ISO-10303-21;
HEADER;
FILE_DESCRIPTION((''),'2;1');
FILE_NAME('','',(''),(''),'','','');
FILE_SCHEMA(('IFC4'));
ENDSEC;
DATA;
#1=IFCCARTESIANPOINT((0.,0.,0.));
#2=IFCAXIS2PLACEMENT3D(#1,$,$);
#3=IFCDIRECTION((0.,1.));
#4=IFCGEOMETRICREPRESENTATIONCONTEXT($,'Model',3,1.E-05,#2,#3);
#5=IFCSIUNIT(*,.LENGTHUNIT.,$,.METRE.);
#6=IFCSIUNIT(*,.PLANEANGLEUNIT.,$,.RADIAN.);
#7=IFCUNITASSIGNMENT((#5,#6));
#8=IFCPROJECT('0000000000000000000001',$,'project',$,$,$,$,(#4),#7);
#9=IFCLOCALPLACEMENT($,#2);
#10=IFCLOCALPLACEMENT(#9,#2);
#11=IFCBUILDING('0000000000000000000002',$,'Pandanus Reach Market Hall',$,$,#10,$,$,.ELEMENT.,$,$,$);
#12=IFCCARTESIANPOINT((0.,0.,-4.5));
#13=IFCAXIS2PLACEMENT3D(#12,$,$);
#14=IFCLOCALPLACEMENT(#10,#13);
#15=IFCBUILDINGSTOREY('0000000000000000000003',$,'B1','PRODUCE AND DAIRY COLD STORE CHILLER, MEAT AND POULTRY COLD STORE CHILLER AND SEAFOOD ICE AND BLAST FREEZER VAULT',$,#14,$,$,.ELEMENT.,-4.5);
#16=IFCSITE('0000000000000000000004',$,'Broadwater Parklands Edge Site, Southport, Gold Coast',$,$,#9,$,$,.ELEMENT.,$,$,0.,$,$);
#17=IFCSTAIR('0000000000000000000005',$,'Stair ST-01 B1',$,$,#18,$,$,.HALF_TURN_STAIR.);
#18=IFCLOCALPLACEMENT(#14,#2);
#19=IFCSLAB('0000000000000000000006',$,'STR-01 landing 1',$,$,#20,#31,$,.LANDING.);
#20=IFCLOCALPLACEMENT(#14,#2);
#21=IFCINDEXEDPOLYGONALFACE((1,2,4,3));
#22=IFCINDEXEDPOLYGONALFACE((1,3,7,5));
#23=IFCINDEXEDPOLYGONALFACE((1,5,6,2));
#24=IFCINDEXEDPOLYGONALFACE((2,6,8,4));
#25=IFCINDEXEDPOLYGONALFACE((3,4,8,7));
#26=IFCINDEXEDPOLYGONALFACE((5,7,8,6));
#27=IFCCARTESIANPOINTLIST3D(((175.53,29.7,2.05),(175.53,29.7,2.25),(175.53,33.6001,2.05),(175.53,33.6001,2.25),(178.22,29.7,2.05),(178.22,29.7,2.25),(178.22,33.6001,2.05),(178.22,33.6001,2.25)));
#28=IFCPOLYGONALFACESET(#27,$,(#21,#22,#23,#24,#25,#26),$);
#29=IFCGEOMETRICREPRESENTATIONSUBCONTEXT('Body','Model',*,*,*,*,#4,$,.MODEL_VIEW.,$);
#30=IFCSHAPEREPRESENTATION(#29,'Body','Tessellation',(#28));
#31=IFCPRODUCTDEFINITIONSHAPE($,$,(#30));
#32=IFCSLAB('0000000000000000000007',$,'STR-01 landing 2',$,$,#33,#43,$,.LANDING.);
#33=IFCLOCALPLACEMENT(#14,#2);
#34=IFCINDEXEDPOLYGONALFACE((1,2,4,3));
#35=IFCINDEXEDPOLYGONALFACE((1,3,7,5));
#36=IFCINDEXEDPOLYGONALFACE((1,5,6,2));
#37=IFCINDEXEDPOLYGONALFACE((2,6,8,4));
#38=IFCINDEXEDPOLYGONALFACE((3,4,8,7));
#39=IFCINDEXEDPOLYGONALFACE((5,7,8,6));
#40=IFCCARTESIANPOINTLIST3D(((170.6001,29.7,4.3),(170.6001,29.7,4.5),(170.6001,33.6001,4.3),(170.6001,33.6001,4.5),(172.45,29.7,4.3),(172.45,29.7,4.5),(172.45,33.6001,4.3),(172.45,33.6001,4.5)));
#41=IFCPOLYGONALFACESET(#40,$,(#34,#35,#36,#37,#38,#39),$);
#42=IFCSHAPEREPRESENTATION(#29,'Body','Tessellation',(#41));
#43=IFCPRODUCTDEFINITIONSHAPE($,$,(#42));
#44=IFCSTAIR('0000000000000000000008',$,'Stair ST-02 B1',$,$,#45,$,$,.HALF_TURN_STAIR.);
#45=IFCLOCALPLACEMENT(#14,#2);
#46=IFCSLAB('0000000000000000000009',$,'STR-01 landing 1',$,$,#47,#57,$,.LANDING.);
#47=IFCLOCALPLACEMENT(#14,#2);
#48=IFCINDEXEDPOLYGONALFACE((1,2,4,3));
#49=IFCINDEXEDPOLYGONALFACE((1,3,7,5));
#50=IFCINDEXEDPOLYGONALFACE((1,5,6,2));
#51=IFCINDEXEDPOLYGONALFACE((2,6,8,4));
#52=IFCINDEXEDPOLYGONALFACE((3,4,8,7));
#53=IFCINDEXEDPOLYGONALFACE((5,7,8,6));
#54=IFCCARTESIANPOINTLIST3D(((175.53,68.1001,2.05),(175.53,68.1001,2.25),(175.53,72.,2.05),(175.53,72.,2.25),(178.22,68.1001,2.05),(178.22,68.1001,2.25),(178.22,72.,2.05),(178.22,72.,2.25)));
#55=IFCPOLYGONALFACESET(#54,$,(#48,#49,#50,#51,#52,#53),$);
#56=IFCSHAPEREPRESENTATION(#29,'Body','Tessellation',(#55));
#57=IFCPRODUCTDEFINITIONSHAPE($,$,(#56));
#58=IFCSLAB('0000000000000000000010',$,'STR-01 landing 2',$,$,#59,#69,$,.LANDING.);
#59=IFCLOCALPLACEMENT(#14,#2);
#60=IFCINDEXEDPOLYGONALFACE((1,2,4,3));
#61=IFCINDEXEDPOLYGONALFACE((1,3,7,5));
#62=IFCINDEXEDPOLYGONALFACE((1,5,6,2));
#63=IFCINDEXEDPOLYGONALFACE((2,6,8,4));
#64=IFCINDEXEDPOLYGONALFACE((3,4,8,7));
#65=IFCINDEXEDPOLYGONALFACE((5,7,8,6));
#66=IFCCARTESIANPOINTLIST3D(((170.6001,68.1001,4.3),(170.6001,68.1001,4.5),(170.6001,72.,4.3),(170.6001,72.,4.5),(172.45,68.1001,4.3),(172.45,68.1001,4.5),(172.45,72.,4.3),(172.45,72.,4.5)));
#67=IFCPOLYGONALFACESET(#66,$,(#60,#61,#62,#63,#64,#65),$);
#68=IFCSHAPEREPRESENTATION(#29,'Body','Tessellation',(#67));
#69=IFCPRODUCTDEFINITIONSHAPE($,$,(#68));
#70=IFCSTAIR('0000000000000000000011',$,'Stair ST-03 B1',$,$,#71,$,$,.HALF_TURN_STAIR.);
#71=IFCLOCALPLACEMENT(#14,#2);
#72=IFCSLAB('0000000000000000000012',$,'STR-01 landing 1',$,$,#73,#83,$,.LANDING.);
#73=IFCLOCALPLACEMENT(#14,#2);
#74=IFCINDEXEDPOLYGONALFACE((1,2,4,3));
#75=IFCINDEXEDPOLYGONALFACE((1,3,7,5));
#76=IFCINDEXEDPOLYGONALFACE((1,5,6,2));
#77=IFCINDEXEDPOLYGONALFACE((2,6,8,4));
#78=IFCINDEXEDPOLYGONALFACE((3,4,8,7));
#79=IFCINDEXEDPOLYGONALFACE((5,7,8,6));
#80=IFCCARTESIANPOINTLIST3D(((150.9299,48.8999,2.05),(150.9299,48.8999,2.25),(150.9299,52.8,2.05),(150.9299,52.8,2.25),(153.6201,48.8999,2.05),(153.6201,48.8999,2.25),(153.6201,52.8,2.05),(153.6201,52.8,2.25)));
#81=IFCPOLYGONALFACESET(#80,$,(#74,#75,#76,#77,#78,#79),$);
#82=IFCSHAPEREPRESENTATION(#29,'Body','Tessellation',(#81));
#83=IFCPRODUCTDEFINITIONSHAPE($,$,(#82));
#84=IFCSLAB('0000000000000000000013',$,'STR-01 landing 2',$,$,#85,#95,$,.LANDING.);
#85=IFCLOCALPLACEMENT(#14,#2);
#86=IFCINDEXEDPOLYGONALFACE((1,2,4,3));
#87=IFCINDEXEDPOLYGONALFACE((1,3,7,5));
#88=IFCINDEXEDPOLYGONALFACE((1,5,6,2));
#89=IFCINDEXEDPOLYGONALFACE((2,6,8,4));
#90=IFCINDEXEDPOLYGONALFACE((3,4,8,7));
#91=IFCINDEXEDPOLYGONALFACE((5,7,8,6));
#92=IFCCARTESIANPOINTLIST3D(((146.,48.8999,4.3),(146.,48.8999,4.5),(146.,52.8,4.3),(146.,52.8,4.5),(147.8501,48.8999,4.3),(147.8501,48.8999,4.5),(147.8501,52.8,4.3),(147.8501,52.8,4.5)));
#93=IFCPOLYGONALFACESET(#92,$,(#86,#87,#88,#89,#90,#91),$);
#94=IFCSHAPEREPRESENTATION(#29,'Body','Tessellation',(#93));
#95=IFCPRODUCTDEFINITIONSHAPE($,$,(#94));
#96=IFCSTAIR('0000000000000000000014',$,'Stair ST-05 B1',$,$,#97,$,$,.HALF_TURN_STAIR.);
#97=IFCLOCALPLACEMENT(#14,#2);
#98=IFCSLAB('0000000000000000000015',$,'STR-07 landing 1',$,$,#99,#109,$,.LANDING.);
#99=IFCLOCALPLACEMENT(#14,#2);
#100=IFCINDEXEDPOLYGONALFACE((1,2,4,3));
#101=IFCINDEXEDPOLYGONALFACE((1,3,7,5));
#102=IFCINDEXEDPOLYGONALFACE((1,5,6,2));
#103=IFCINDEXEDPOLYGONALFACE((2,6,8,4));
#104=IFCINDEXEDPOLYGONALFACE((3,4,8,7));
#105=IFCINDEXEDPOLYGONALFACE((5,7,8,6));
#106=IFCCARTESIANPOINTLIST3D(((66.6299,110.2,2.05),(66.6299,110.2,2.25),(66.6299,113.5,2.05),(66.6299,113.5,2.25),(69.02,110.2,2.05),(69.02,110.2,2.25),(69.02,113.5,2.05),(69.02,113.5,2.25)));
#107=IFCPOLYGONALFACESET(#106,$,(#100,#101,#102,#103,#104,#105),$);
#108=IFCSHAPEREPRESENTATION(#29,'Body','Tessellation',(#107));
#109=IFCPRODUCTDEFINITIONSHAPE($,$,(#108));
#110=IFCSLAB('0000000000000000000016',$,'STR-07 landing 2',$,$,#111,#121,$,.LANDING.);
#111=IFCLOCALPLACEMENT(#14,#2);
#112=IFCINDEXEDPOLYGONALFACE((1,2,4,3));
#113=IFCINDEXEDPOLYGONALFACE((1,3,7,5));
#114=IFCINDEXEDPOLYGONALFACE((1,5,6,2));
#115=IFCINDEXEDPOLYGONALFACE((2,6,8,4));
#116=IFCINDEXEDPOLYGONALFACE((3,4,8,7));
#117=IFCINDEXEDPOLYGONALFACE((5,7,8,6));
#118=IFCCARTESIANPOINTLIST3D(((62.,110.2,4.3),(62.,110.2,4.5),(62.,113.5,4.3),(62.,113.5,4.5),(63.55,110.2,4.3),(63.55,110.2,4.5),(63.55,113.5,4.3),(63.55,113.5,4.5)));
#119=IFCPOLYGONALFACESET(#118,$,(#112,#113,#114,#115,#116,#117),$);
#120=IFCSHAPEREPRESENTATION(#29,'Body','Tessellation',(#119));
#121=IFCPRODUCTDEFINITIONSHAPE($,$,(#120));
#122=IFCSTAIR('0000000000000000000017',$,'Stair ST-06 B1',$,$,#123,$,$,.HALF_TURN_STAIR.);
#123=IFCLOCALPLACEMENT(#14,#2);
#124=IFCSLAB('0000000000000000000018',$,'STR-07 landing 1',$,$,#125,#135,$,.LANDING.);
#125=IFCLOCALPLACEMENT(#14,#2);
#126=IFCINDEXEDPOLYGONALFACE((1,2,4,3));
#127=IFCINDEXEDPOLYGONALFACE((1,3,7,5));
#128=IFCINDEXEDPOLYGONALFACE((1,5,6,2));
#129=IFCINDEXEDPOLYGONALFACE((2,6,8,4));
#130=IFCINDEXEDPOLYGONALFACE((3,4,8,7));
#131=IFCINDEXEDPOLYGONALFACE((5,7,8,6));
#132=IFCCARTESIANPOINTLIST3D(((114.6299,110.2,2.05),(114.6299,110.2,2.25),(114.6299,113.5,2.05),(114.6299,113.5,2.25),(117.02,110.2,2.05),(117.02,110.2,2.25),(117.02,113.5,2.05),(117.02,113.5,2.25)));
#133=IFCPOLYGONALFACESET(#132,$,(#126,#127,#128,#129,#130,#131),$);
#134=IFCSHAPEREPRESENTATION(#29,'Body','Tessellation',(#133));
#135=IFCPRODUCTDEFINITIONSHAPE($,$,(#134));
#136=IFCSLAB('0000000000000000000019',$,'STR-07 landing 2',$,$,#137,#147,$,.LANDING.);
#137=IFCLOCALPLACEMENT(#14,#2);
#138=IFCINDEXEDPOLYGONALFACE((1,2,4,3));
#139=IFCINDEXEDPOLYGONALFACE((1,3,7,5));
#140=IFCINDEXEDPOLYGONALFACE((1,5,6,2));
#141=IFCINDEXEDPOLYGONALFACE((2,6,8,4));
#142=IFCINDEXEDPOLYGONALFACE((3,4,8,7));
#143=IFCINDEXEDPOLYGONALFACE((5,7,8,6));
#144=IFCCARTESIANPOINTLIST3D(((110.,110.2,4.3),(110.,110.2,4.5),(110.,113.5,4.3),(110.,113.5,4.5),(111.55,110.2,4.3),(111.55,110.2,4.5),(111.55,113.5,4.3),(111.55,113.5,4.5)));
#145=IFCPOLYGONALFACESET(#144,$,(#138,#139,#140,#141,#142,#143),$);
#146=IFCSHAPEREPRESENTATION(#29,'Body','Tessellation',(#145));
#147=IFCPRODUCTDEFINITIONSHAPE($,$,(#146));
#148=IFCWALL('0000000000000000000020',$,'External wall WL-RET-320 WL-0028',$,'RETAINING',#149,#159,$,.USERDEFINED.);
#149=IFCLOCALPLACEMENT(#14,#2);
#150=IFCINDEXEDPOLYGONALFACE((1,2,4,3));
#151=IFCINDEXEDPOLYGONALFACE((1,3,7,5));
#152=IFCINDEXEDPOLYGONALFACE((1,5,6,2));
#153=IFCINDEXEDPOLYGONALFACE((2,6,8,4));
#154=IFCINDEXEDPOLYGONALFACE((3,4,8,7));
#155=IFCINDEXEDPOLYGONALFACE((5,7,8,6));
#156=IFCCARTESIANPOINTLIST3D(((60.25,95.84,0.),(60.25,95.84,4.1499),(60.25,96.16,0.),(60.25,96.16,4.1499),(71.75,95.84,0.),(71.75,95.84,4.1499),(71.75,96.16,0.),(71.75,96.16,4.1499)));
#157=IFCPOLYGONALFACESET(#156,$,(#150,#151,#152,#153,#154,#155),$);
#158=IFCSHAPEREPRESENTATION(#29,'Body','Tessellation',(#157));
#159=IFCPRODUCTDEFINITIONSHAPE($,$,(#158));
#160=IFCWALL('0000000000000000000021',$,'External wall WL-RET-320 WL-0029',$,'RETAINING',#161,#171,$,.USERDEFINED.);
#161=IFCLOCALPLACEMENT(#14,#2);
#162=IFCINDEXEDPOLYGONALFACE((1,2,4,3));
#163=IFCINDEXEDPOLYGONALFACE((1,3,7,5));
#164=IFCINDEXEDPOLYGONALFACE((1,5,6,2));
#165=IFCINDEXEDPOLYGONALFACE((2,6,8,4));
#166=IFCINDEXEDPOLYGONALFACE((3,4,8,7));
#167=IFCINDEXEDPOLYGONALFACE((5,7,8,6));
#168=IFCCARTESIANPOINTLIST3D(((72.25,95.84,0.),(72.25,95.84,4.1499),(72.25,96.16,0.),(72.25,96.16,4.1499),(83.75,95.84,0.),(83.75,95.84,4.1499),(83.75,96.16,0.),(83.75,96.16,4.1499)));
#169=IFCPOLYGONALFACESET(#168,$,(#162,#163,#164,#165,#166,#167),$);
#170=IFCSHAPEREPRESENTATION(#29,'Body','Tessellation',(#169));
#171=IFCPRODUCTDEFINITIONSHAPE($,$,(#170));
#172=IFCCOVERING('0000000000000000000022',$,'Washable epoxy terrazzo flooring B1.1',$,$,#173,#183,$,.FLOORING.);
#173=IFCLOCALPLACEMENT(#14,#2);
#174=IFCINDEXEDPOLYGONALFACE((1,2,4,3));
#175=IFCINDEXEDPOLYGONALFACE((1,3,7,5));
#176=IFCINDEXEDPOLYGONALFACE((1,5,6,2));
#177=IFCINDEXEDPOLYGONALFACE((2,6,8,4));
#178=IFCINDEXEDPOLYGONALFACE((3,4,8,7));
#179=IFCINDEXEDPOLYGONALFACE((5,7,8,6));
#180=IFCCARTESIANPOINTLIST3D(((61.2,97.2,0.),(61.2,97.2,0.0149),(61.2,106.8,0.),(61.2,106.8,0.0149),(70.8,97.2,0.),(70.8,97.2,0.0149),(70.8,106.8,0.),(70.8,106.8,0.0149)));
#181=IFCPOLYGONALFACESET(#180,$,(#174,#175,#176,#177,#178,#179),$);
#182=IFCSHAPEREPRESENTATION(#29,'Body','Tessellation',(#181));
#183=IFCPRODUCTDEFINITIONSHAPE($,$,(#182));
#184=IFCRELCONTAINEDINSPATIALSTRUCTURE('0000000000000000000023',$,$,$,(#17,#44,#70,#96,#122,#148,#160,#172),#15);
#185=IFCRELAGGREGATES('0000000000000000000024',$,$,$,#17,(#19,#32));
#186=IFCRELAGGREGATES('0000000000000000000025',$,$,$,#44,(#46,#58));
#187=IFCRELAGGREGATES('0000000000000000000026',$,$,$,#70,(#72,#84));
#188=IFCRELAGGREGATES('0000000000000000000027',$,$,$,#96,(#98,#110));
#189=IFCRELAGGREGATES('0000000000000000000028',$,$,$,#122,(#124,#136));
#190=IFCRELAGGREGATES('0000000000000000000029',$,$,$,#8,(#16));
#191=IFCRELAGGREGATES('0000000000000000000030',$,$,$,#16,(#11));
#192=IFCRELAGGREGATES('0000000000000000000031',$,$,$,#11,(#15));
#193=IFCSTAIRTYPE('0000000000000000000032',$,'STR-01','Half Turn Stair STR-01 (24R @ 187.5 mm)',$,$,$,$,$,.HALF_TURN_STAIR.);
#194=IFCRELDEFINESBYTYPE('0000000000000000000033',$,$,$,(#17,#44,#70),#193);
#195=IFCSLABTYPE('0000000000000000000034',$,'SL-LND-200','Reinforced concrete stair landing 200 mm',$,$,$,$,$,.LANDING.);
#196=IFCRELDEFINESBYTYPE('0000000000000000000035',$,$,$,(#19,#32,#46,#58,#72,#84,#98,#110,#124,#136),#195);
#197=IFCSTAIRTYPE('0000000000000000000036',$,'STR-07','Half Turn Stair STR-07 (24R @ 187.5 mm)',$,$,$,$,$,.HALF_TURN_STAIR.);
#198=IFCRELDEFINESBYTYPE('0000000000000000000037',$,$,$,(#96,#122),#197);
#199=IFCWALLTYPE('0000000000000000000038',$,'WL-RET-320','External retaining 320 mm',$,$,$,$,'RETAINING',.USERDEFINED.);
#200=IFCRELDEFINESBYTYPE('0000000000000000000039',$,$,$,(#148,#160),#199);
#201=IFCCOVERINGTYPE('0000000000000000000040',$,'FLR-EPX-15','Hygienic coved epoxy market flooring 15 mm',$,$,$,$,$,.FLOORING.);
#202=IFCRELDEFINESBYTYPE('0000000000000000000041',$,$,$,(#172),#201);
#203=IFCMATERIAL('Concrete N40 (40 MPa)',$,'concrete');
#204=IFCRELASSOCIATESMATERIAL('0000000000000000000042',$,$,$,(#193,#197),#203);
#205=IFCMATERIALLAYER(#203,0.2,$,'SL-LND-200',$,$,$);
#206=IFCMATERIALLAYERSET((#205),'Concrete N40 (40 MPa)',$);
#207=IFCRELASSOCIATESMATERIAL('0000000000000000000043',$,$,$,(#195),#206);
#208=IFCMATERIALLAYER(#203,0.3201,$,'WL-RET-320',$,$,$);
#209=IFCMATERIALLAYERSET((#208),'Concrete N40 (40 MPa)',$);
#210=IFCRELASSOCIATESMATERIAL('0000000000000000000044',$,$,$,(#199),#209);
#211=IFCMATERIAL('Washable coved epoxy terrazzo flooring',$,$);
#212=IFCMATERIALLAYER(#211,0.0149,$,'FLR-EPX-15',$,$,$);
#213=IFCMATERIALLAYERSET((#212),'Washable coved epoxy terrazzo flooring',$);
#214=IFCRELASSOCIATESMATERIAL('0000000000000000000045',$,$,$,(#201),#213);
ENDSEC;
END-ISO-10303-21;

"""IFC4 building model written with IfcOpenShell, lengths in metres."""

from ifc_helpers import new_model, si_unit, direction, frame, frame_2d, origin, place, context, subcontext, project, spatial, polyline, rectangle, outline, extrude, material, layer, layer_set, type_object, element, aggregate, save


model = new_model("IFC4")

# Units and contexts
model_context = context("Model", 3, precision=1e-05, world=origin(), true_north=direction((0.0, 1.0)))
body_context = subcontext(model_context, "Body", "Model", "MODEL_VIEW")
ifc_project = project(units=[si_unit("LENGTHUNIT", "METRE"), si_unit("PLANEANGLEUNIT", "RADIAN")], contexts=[model_context])

# Site, building, storey
site_placement = place(None, origin())
site = spatial("IfcSite", under=ifc_project, at=site_placement, Name="Broadwater Parklands Edge Site, Southport, Gold Coast", CompositionType="ELEMENT", RefElevation=0.0)
building_placement = place(site_placement, origin())
building = spatial("IfcBuilding", under=site, at=building_placement, Name="Pandanus Reach Market Hall", CompositionType="ELEMENT")
storey_placement = place(building_placement, frame((0.0, 0.0, -4.5)))
storey = spatial("IfcBuildingStorey", under=building, at=storey_placement, Name="B1", Description="PRODUCE AND DAIRY COLD STORE CHILLER, MEAT AND POULTRY COLD STORE CHILLER AND SEAFOOD ICE AND BLAST FREEZER VAULT", CompositionType="ELEMENT", Elevation=-4.5)

# Shared definitions
ifc_material_1 = material(Name="Concrete N40 (40 MPa)", Category="concrete")

# Stairs, slabs
stair_type_1 = type_object("IfcStairType", Name="STR-01", Description="Half Turn Stair STR-01 (24R @ 187.5 mm)", PredefinedType="HALF_TURN_STAIR", material=ifc_material_1)
stair_1_placement = place(storey_placement, origin())
stair_1 = element("IfcStair", 1, at=stair_1_placement, inside=storey, type_object=stair_type_1, Name="Stair ST-01 B1", PredefinedType="HALF_TURN_STAIR")
ifc_layer_1 = layer(ifc_material_1, 0.2, Name="SL-LND-200")
ifc_layer_set_1 = layer_set([ifc_layer_1], Name="Concrete N40 (40 MPa)")
slab_type_1 = type_object("IfcSlabType", Name="SL-LND-200", Description="Reinforced concrete stair landing 200 mm", PredefinedType="LANDING", material=ifc_layer_set_1)
slab_1_placement = place(storey_placement, frame((0.0, 0.0, 2.05)))
slab_1 = element("IfcSlab", 2, at=slab_1_placement, type_object=slab_type_1, Name="STR-01 landing 1", PredefinedType="LANDING", context=body_context, shape_type="SweptSolid", body=[
    extrude(outline(polyline([(175.53, 29.7), (178.22, 29.7), (178.22, 33.6001), (175.53, 33.6001), (175.53, 29.7)])), origin(), (0.0, 0.0, 1.0), 0.2),
])
slab_2_placement = place(storey_placement, frame((0.0, 0.0, 4.3)))
slab_2 = element("IfcSlab", 3, at=slab_2_placement, type_object=slab_type_1, Name="STR-01 landing 2", PredefinedType="LANDING", context=body_context, shape_type="SweptSolid", body=[
    extrude(outline(polyline([(170.6001, 29.7), (172.45, 29.7), (172.45, 33.6001), (170.6001, 33.6001), (170.6001, 29.7)])), origin(), (0.0, 0.0, 1.0), 0.2),
])
aggregate(stair_1, [slab_1, slab_2])
stair_2_placement = place(storey_placement, origin())
stair_2 = element("IfcStair", 4, at=stair_2_placement, inside=storey, type_object=stair_type_1, Name="Stair ST-02 B1", PredefinedType="HALF_TURN_STAIR")
slab_3_placement = place(storey_placement, frame((0.0, 0.0, 2.05)))
slab_3 = element("IfcSlab", 5, at=slab_3_placement, type_object=slab_type_1, Name="STR-01 landing 1", PredefinedType="LANDING", context=body_context, shape_type="SweptSolid", body=[
    extrude(outline(polyline([(175.53, 68.1001), (178.22, 68.1001), (178.22, 72.0), (175.53, 72.0), (175.53, 68.1001)])), origin(), (0.0, 0.0, 1.0), 0.2),
])
slab_4_placement = place(storey_placement, frame((0.0, 0.0, 4.3)))
slab_4 = element("IfcSlab", 6, at=slab_4_placement, type_object=slab_type_1, Name="STR-01 landing 2", PredefinedType="LANDING", context=body_context, shape_type="SweptSolid", body=[
    extrude(outline(polyline([(170.6001, 68.1001), (172.45, 68.1001), (172.45, 72.0), (170.6001, 72.0), (170.6001, 68.1001)])), origin(), (0.0, 0.0, 1.0), 0.2),
])
aggregate(stair_2, [slab_3, slab_4])
stair_3_placement = place(storey_placement, origin())
stair_3 = element("IfcStair", 7, at=stair_3_placement, inside=storey, type_object=stair_type_1, Name="Stair ST-03 B1", PredefinedType="HALF_TURN_STAIR")
slab_5_placement = place(storey_placement, frame((0.0, 0.0, 2.05)))
slab_5 = element("IfcSlab", 8, at=slab_5_placement, type_object=slab_type_1, Name="STR-01 landing 1", PredefinedType="LANDING", context=body_context, shape_type="SweptSolid", body=[
    extrude(outline(polyline([(150.9299, 48.8999), (153.6201, 48.8999), (153.6201, 52.8), (150.9299, 52.8), (150.9299, 48.8999)])), origin(), (0.0, 0.0, 1.0), 0.2),
])
slab_6_placement = place(storey_placement, frame((0.0, 0.0, 4.3)))
slab_6 = element("IfcSlab", 9, at=slab_6_placement, type_object=slab_type_1, Name="STR-01 landing 2", PredefinedType="LANDING", context=body_context, shape_type="SweptSolid", body=[
    extrude(outline(polyline([(146.0, 48.8999), (147.8501, 48.8999), (147.8501, 52.8), (146.0, 52.8), (146.0, 48.8999)])), origin(), (0.0, 0.0, 1.0), 0.2),
])
aggregate(stair_3, [slab_5, slab_6])
stair_type_2 = type_object("IfcStairType", Name="STR-07", Description="Half Turn Stair STR-07 (24R @ 187.5 mm)", PredefinedType="HALF_TURN_STAIR", material=ifc_material_1)
stair_4_placement = place(storey_placement, origin())
stair_4 = element("IfcStair", 10, at=stair_4_placement, inside=storey, type_object=stair_type_2, Name="Stair ST-05 B1", PredefinedType="HALF_TURN_STAIR")
slab_7_placement = place(storey_placement, frame((0.0, 0.0, 2.05)))
slab_7 = element("IfcSlab", 11, at=slab_7_placement, type_object=slab_type_1, Name="STR-07 landing 1", PredefinedType="LANDING", context=body_context, shape_type="SweptSolid", body=[
    extrude(outline(polyline([(66.6299, 110.2), (69.02, 110.2), (69.02, 113.5), (66.6299, 113.5), (66.6299, 110.2)])), origin(), (0.0, 0.0, 1.0), 0.2),
])
slab_8_placement = place(storey_placement, frame((0.0, 0.0, 4.3)))
slab_8 = element("IfcSlab", 12, at=slab_8_placement, type_object=slab_type_1, Name="STR-07 landing 2", PredefinedType="LANDING", context=body_context, shape_type="SweptSolid", body=[
    extrude(outline(polyline([(62.0, 110.2), (63.55, 110.2), (63.55, 113.5), (62.0, 113.5), (62.0, 110.2)])), origin(), (0.0, 0.0, 1.0), 0.2),
])
aggregate(stair_4, [slab_7, slab_8])
stair_5_placement = place(storey_placement, origin())
stair_5 = element("IfcStair", 13, at=stair_5_placement, inside=storey, type_object=stair_type_2, Name="Stair ST-06 B1", PredefinedType="HALF_TURN_STAIR")
slab_9_placement = place(storey_placement, frame((0.0, 0.0, 2.05)))
slab_9 = element("IfcSlab", 14, at=slab_9_placement, type_object=slab_type_1, Name="STR-07 landing 1", PredefinedType="LANDING", context=body_context, shape_type="SweptSolid", body=[
    extrude(outline(polyline([(114.6299, 110.2), (117.02, 110.2), (117.02, 113.5), (114.6299, 113.5), (114.6299, 110.2)])), origin(), (0.0, 0.0, 1.0), 0.2),
])
slab_10_placement = place(storey_placement, frame((0.0, 0.0, 4.3)))
slab_10 = element("IfcSlab", 15, at=slab_10_placement, type_object=slab_type_1, Name="STR-07 landing 2", PredefinedType="LANDING", context=body_context, shape_type="SweptSolid", body=[
    extrude(outline(polyline([(110.0, 110.2), (111.55, 110.2), (111.55, 113.5), (110.0, 113.5), (110.0, 110.2)])), origin(), (0.0, 0.0, 1.0), 0.2),
])
aggregate(stair_5, [slab_9, slab_10])

# Walls
ifc_layer_2 = layer(ifc_material_1, 0.3201, Name="WL-RET-320")
ifc_layer_set_2 = layer_set([ifc_layer_2], Name="Concrete N40 (40 MPa)")
wall_type = type_object("IfcWallType", Name="WL-RET-320", Description="External retaining 320 mm", ElementType="RETAINING", PredefinedType="USERDEFINED", material=ifc_layer_set_2)
for number, where, z_axis, x_axis, name in (
    (16, (60.25, 96.0, 0.0), (0.0, 0.0, 1.0), (1.0, 0.0, 0.0), "External wall WL-RET-320 WL-0028"),
    (17, (72.25, 96.0, 0.0), (0.0, 0.0, 1.0), (1.0, 0.0, 0.0), "External wall WL-RET-320 WL-0029"),
):
    element("IfcWall", number, at=place(storey_placement, frame(where, z_axis=z_axis, x_axis=x_axis)), inside=storey, type_object=wall_type, Name=name, ObjectType="RETAINING", PredefinedType="USERDEFINED", context=body_context, shape_type="SweptSolid", body=[
        extrude(rectangle(XDim=11.5, YDim=0.3201, at=frame_2d((5.75, 0.0))), origin(), (0.0, 0.0, 1.0), 4.1499),
    ])

# Covering
ifc_material_2 = material(Name="Washable coved epoxy terrazzo flooring")
ifc_layer_3 = layer(ifc_material_2, 0.0149, Name="FLR-EPX-15")
ifc_layer_set_3 = layer_set([ifc_layer_3], Name="Washable coved epoxy terrazzo flooring")
covering_type = type_object("IfcCoveringType", Name="FLR-EPX-15", Description="Hygienic coved epoxy market flooring 15 mm", PredefinedType="FLOORING", material=ifc_layer_set_3)
covering_placement = place(storey_placement, origin())
element("IfcCovering", 18, at=covering_placement, inside=storey, type_object=covering_type, Name="Washable epoxy terrazzo flooring B1.1", PredefinedType="FLOORING", context=body_context, shape_type="SweptSolid", body=[
    extrude(outline(polyline([(61.2, 97.2), (70.8, 97.2), (70.8, 106.8), (61.2, 106.8), (61.2, 97.2)])), origin(), (0.0, 0.0, 1.0), 0.0149),
])

save(model, "model.ifc")
